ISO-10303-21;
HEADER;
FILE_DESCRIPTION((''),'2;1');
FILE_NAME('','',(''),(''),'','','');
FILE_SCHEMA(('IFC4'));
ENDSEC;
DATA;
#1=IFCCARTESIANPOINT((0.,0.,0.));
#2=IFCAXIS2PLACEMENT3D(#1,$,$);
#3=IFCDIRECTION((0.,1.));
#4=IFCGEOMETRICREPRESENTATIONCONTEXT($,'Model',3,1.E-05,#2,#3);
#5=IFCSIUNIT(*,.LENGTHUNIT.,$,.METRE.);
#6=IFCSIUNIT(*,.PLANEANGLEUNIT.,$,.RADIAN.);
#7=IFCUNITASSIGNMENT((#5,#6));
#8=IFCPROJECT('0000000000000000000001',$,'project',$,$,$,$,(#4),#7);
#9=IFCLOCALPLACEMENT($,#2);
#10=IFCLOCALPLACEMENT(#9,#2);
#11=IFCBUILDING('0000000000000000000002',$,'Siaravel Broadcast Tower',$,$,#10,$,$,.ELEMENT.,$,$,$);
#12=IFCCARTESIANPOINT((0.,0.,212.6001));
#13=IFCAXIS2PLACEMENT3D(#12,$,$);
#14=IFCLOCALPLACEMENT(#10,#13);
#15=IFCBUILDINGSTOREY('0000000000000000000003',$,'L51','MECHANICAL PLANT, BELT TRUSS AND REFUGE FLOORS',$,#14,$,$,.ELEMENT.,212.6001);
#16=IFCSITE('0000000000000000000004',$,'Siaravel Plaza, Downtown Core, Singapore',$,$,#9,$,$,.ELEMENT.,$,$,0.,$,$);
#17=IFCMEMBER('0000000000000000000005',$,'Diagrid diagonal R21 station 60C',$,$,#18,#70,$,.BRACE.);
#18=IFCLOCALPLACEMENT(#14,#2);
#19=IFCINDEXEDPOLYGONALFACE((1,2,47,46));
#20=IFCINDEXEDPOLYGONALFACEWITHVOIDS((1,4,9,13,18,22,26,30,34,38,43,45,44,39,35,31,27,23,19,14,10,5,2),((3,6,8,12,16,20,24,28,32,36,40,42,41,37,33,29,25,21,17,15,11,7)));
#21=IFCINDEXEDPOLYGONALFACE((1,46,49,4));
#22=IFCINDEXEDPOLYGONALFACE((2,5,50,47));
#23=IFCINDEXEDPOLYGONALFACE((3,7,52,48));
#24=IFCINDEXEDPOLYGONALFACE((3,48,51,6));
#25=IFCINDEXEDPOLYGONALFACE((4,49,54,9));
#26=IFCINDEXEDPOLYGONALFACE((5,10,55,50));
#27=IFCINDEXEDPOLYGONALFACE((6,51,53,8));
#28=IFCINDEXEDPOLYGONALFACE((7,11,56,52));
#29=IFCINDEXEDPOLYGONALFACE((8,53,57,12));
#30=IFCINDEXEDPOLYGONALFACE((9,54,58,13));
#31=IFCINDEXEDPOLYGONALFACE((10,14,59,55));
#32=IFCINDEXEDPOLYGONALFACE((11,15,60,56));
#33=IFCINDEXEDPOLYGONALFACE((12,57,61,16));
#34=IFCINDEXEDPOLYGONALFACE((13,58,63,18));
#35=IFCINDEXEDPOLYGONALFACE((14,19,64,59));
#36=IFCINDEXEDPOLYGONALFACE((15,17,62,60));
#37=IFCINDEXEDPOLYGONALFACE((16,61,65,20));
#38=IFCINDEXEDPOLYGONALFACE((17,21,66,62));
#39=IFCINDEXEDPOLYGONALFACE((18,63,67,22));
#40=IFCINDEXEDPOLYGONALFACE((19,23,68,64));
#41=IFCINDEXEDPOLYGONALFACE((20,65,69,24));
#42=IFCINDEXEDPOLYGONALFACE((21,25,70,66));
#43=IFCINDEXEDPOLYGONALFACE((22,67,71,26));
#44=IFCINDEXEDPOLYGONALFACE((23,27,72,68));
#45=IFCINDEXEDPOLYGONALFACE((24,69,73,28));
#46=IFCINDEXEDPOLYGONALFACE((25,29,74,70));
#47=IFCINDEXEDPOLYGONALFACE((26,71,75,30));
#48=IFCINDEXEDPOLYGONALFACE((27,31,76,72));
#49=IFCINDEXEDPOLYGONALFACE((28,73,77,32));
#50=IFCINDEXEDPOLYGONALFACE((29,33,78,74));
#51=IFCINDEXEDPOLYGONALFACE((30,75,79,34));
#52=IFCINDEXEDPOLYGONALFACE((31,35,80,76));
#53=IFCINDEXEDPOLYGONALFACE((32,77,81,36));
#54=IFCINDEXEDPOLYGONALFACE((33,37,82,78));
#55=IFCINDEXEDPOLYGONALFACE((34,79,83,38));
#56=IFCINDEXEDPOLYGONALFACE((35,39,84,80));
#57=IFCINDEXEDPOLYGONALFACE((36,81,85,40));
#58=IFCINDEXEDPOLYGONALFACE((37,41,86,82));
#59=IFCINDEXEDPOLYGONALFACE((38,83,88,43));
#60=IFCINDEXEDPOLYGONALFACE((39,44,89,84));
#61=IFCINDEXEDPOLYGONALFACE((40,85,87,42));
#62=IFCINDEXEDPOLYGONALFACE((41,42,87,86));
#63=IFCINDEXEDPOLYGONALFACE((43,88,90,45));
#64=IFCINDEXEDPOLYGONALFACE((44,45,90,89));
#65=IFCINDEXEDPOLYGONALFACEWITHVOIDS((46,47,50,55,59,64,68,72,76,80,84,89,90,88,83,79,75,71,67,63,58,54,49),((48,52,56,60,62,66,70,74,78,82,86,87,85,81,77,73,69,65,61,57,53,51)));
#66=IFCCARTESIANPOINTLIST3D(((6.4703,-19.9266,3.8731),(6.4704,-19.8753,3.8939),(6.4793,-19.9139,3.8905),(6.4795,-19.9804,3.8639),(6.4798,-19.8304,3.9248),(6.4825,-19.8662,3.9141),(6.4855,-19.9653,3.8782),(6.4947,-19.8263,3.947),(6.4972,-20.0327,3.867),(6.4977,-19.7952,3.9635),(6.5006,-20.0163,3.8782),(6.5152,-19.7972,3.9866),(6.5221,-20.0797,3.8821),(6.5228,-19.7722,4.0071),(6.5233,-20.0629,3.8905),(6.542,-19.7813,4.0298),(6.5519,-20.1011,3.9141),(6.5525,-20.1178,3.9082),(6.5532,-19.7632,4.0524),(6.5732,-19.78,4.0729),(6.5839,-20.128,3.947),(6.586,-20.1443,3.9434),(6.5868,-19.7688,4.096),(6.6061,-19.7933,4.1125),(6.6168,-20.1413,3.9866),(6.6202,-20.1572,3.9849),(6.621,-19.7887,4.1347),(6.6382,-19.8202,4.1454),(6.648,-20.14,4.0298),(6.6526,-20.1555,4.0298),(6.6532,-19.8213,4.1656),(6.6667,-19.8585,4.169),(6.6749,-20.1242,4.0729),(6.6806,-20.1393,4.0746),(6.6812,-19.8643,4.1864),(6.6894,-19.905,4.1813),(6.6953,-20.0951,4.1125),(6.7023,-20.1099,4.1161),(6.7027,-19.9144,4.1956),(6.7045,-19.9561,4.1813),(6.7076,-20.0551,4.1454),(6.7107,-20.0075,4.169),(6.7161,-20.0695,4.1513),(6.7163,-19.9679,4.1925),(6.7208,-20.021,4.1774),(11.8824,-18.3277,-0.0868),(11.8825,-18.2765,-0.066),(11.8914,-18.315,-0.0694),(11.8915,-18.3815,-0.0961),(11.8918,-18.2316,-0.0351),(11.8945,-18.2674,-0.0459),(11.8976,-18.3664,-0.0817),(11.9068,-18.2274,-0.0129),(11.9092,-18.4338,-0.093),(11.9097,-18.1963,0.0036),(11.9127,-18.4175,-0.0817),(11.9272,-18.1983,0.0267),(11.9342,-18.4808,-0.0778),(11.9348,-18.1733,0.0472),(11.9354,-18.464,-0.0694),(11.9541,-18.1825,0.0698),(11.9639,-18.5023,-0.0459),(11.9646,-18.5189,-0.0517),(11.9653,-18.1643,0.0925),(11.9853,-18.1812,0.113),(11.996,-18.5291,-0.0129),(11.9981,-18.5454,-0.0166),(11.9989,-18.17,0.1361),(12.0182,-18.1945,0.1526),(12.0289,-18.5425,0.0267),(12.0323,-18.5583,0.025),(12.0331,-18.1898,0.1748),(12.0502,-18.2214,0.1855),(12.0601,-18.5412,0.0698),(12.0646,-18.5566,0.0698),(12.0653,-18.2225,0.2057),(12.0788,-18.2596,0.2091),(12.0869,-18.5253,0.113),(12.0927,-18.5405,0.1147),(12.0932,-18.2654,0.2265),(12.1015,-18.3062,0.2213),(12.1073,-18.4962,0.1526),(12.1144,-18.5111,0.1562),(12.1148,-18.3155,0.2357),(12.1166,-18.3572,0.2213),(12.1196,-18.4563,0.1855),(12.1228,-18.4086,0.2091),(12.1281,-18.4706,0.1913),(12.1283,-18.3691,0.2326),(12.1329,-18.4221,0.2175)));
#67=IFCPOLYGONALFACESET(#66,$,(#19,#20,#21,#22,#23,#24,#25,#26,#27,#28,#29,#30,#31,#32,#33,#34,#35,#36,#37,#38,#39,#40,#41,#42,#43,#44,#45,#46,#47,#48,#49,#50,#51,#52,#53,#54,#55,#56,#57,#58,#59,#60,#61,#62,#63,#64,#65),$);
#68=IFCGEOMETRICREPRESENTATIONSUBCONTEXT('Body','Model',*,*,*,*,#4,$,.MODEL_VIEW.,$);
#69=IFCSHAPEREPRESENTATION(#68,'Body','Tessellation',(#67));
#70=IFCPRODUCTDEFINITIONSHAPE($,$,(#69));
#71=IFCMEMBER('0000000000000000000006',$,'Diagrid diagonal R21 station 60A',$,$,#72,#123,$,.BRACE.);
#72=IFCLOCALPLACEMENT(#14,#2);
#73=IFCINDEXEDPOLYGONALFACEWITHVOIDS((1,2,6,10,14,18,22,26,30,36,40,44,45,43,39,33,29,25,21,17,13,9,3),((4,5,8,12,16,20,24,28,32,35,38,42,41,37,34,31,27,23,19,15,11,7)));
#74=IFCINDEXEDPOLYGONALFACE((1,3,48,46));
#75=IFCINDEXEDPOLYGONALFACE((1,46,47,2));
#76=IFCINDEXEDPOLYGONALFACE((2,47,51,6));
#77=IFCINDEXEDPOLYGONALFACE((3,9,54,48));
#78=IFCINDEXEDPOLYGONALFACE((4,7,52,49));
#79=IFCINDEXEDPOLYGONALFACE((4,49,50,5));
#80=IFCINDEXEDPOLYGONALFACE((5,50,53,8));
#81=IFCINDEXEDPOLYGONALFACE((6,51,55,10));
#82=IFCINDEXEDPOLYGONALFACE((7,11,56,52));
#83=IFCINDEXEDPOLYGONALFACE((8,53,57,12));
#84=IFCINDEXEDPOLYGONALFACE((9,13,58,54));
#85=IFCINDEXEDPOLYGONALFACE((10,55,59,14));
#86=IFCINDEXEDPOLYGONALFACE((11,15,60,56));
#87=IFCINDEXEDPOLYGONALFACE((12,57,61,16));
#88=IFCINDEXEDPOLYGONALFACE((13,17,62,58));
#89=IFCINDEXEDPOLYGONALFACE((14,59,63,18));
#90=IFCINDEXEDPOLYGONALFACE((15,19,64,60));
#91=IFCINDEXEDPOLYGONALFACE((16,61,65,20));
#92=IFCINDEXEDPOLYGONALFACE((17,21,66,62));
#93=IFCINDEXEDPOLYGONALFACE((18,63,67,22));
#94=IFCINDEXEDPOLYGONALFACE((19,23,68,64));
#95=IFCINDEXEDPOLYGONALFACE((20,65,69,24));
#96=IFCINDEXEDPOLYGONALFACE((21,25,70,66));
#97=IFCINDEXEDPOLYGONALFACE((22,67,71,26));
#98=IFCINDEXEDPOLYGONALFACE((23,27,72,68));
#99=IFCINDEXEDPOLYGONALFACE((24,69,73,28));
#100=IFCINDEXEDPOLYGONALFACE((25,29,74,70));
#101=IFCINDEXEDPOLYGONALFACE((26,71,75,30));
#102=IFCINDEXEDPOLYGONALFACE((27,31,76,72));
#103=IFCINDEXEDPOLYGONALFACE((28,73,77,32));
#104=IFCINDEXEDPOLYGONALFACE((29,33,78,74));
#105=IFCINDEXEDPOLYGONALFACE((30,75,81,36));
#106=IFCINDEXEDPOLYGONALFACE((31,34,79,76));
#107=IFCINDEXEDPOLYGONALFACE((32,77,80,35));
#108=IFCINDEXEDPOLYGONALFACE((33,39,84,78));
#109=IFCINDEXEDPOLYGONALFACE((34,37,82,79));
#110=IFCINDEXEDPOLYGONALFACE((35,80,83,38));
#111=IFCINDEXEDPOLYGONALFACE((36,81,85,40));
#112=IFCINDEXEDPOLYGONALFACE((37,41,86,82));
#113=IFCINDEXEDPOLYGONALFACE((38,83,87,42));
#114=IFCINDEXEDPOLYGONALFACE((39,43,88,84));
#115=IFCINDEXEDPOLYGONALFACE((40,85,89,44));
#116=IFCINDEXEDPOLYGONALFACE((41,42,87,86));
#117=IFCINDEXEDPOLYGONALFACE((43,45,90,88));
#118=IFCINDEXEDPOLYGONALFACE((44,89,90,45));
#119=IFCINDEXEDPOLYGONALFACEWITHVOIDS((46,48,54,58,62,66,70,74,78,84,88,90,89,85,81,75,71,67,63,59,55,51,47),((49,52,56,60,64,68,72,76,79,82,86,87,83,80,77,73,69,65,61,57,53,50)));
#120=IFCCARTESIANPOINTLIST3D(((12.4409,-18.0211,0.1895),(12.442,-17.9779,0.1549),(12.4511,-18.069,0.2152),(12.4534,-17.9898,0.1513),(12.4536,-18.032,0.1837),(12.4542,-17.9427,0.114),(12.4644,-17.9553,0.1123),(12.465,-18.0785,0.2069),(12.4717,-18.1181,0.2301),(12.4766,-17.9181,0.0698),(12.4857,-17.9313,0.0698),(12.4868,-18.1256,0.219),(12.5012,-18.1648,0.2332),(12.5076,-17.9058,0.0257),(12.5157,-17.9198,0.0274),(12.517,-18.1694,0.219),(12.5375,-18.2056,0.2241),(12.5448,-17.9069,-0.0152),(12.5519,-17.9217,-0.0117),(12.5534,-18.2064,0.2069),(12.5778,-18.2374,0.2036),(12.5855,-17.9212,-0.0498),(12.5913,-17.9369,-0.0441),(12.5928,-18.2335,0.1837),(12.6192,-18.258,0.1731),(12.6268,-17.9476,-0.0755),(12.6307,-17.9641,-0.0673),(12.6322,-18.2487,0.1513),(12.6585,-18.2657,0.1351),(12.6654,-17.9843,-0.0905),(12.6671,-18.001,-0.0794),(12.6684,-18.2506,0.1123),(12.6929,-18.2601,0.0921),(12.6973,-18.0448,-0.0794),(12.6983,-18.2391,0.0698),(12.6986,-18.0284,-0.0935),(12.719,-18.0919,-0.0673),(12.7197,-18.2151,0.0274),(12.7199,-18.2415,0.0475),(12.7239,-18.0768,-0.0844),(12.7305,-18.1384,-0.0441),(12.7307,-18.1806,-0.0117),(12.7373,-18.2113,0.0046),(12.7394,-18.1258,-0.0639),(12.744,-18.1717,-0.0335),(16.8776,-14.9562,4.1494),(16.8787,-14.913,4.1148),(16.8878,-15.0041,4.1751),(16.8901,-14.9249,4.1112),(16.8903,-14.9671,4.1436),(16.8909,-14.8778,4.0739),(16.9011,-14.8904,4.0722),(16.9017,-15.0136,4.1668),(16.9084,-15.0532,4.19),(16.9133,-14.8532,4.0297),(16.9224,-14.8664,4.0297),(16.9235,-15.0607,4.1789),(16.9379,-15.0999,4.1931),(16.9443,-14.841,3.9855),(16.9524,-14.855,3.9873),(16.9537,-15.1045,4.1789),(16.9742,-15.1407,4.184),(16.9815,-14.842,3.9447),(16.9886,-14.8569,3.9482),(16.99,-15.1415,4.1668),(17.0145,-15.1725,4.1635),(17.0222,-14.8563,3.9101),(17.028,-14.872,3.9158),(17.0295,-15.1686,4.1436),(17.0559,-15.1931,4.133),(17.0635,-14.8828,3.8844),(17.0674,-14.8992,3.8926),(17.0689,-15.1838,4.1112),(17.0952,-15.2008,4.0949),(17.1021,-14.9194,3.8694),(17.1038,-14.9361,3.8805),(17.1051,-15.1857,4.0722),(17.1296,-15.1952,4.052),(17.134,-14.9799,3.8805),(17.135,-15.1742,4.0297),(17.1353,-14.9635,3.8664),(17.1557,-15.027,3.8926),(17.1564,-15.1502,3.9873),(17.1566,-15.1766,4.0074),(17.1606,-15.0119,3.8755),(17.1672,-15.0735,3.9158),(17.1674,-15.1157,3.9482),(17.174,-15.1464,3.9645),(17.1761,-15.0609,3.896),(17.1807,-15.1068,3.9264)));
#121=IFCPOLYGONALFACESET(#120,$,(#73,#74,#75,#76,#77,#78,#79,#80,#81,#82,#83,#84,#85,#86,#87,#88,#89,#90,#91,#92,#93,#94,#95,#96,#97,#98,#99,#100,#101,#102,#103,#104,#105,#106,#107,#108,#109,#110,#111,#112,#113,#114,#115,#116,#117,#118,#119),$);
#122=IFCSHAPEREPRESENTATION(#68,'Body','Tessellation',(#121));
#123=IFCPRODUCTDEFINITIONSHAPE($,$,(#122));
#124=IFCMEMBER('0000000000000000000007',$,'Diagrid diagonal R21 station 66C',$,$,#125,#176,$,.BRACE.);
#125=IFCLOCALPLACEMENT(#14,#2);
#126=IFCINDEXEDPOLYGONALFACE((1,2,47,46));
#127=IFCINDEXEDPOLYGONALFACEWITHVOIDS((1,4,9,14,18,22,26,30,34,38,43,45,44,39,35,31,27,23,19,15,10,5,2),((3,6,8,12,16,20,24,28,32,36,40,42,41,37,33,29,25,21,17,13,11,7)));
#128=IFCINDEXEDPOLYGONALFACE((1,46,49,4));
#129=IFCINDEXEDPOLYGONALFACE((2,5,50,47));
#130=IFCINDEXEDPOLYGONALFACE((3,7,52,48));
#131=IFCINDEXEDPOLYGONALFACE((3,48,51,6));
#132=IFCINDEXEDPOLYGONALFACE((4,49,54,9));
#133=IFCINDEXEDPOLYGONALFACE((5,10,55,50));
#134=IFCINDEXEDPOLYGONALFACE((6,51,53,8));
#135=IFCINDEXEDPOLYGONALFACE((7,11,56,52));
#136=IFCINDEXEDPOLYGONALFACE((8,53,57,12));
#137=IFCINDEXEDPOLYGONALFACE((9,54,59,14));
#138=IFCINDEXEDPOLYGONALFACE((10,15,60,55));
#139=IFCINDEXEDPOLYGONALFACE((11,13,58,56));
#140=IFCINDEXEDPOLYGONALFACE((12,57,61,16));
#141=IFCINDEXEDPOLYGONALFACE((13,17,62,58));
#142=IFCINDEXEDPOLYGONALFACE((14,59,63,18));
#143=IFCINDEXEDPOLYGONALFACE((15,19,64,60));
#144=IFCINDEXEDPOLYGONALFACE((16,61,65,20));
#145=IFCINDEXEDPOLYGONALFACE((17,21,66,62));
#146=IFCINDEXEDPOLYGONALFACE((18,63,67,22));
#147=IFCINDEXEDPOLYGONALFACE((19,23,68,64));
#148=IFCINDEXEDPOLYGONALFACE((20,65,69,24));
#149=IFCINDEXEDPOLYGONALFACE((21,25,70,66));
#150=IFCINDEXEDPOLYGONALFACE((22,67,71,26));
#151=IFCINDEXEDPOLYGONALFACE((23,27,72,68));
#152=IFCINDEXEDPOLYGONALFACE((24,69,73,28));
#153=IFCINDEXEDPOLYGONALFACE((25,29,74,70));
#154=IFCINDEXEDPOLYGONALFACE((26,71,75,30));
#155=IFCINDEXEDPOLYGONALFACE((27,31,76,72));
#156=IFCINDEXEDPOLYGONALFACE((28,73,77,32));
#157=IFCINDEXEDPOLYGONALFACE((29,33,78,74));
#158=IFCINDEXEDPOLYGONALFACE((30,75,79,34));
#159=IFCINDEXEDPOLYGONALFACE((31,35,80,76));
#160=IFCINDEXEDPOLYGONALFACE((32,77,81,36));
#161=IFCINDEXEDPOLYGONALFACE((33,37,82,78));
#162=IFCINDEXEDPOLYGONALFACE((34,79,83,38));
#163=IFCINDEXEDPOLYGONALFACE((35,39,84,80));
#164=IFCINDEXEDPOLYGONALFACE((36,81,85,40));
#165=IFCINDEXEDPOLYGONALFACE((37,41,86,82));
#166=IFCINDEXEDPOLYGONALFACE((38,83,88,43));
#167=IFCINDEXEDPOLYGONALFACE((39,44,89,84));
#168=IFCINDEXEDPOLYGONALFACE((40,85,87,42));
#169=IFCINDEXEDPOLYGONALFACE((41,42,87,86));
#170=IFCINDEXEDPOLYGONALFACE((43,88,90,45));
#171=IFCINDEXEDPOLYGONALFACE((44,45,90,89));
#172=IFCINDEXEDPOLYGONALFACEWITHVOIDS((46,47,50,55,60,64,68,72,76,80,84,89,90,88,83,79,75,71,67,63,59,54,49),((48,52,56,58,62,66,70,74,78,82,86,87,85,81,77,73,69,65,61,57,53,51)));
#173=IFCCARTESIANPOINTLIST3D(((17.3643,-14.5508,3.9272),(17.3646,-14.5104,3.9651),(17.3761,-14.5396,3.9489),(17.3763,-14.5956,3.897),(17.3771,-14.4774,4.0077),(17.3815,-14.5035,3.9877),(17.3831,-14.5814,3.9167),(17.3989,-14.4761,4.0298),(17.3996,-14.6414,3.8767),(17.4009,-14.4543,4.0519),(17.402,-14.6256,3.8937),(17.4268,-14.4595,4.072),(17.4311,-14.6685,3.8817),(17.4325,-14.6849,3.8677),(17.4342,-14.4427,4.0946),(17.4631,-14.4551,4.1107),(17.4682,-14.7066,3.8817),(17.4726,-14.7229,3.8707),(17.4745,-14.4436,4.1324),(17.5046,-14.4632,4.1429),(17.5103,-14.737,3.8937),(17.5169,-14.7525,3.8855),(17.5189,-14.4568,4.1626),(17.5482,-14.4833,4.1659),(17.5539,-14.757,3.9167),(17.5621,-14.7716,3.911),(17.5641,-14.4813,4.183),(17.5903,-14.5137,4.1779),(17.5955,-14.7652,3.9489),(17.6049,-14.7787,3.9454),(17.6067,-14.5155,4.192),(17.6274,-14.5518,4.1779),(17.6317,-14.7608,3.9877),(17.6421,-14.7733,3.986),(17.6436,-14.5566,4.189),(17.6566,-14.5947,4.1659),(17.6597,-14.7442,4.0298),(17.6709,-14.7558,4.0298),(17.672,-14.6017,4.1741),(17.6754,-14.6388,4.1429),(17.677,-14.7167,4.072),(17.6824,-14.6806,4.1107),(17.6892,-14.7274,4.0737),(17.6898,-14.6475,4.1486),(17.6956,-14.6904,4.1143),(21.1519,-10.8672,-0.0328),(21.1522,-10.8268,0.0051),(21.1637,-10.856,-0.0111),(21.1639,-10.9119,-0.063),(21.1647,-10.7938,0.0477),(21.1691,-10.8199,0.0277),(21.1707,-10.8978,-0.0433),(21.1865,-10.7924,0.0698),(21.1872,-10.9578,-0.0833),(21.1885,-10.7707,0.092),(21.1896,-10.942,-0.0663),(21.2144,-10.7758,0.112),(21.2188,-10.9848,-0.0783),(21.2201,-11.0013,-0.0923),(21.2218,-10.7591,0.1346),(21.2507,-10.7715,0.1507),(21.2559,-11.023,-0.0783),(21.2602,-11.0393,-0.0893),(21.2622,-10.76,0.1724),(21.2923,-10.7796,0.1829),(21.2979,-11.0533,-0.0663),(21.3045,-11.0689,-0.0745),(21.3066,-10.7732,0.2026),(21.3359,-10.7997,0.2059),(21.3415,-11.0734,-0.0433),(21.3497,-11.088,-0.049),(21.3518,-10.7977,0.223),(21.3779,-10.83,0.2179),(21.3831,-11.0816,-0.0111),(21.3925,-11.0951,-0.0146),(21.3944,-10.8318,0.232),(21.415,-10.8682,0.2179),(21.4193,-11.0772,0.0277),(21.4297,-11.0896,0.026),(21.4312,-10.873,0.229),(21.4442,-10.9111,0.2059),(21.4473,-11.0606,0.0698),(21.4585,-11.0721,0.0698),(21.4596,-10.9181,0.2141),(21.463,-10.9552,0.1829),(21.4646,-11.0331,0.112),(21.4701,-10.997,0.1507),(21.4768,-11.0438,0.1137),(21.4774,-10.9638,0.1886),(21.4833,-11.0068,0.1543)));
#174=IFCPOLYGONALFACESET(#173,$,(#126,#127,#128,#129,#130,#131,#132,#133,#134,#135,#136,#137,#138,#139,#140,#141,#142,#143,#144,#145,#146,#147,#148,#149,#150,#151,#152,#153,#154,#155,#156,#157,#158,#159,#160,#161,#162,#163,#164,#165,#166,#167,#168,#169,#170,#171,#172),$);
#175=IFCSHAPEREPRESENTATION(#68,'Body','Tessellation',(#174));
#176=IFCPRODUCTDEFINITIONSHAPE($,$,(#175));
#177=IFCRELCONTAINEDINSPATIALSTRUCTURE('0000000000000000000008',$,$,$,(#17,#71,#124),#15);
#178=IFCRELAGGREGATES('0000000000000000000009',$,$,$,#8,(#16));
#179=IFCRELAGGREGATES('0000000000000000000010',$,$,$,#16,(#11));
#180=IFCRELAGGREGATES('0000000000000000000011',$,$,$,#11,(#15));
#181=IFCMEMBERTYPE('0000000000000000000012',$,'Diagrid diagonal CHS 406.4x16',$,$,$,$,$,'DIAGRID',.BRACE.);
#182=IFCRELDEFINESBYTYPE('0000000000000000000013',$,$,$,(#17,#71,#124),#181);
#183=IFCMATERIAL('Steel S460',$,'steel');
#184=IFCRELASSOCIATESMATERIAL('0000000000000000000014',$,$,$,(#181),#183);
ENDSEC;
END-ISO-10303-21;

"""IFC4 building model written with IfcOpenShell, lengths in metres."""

from ifc_helpers import new_model, si_unit, direction, frame, origin, origin_2d, place, context, subcontext, project, spatial, hollow_circle, extrude, material, material_profile, profile_set, type_object, element, save


model = new_model("IFC4")

# Units and contexts
model_context = context("Model", 3, precision=1e-05, world=origin(), true_north=direction((0.0, 1.0)))
body_context = subcontext(model_context, "Body", "Model", "MODEL_VIEW")
ifc_project = project(units=[si_unit("LENGTHUNIT", "METRE"), si_unit("PLANEANGLEUNIT", "RADIAN")], contexts=[model_context])

# Site, building, storey
site_placement = place(None, origin())
site = spatial("IfcSite", under=ifc_project, at=site_placement, Name="Siaravel Plaza, Downtown Core, Singapore", CompositionType="ELEMENT", RefElevation=0.0)
building_placement = place(site_placement, origin())
building = spatial("IfcBuilding", under=site, at=building_placement, Name="Siaravel Broadcast Tower", CompositionType="ELEMENT")
storey_placement = place(building_placement, frame((0.0, 0.0, 212.6001)))
storey = spatial("IfcBuildingStorey", under=building, at=storey_placement, Name="L51", Description="MECHANICAL PLANT, BELT TRUSS AND REFUGE FLOORS", CompositionType="ELEMENT", Elevation=212.6001)

# Shared definitions
ifc_material_1 = material(Name="Steel S460", Category="steel")

# Members
ifc_material_profile_1 = material_profile(ifc_material_1, hollow_circle(Radius=0.2031, WallThickness=0.0161, at=origin_2d()))
ifc_profile_set_1 = profile_set([ifc_material_profile_1], Name="Steel S460")
member_type_1 = type_object("IfcMemberType", Name="Diagrid diagonal CHS 406.4x16", ElementType="DIAGRID", PredefinedType="BRACE", material=ifc_profile_set_1)
member_1_placement = place(storey_placement, frame((12.0071, -18.3618, 0.0698), z_axis=(-0.785035, -0.23192, 0.574398), x_axis=(0.283321, -0.959025, 0.0)))
element("IfcMember", 1, at=member_1_placement, inside=storey, type_object=member_type_1, Name="Diagrid diagonal R21 station 60C", PredefinedType="BRACE", context=body_context, shape_type="SweptSolid", body=[
    extrude(hollow_circle(Radius=0.2031, WallThickness=0.0161, at=origin_2d()), origin(), (0.0, 0.0, 1.0), 6.894),
])
member_2_placement = place(storey_placement, frame((12.592, -18.0852, 0.0698), z_axis=(0.663165, 0.458117, 0.591896), x_axis=(-0.568374, 0.82277, 0.0)))
element("IfcMember", 2, at=member_2_placement, inside=storey, type_object=member_type_1, Name="Diagrid diagonal R21 station 60A", PredefinedType="BRACE", context=body_context, shape_type="SweptSolid", body=[
    extrude(hollow_circle(Radius=0.2031, WallThickness=0.0161, at=origin_2d()), origin(), (0.0, 0.0, 1.0), 6.6902),
])
member_3_placement = place(storey_placement, frame((21.3169, -10.9265, 0.0698), z_axis=(-0.573641, -0.557889, 0.599746), x_axis=(0.697196, -0.716881, 0.0)))
element("IfcMember", 3, at=member_3_placement, inside=storey, type_object=member_type_1, Name="Diagrid diagonal R21 station 66C", PredefinedType="BRACE", context=body_context, shape_type="SweptSolid", body=[
    extrude(hollow_circle(Radius=0.2031, WallThickness=0.0161, at=origin_2d()), origin(), (0.0, 0.0, 1.0), 6.6028),
])

save(model, "model.ifc")
